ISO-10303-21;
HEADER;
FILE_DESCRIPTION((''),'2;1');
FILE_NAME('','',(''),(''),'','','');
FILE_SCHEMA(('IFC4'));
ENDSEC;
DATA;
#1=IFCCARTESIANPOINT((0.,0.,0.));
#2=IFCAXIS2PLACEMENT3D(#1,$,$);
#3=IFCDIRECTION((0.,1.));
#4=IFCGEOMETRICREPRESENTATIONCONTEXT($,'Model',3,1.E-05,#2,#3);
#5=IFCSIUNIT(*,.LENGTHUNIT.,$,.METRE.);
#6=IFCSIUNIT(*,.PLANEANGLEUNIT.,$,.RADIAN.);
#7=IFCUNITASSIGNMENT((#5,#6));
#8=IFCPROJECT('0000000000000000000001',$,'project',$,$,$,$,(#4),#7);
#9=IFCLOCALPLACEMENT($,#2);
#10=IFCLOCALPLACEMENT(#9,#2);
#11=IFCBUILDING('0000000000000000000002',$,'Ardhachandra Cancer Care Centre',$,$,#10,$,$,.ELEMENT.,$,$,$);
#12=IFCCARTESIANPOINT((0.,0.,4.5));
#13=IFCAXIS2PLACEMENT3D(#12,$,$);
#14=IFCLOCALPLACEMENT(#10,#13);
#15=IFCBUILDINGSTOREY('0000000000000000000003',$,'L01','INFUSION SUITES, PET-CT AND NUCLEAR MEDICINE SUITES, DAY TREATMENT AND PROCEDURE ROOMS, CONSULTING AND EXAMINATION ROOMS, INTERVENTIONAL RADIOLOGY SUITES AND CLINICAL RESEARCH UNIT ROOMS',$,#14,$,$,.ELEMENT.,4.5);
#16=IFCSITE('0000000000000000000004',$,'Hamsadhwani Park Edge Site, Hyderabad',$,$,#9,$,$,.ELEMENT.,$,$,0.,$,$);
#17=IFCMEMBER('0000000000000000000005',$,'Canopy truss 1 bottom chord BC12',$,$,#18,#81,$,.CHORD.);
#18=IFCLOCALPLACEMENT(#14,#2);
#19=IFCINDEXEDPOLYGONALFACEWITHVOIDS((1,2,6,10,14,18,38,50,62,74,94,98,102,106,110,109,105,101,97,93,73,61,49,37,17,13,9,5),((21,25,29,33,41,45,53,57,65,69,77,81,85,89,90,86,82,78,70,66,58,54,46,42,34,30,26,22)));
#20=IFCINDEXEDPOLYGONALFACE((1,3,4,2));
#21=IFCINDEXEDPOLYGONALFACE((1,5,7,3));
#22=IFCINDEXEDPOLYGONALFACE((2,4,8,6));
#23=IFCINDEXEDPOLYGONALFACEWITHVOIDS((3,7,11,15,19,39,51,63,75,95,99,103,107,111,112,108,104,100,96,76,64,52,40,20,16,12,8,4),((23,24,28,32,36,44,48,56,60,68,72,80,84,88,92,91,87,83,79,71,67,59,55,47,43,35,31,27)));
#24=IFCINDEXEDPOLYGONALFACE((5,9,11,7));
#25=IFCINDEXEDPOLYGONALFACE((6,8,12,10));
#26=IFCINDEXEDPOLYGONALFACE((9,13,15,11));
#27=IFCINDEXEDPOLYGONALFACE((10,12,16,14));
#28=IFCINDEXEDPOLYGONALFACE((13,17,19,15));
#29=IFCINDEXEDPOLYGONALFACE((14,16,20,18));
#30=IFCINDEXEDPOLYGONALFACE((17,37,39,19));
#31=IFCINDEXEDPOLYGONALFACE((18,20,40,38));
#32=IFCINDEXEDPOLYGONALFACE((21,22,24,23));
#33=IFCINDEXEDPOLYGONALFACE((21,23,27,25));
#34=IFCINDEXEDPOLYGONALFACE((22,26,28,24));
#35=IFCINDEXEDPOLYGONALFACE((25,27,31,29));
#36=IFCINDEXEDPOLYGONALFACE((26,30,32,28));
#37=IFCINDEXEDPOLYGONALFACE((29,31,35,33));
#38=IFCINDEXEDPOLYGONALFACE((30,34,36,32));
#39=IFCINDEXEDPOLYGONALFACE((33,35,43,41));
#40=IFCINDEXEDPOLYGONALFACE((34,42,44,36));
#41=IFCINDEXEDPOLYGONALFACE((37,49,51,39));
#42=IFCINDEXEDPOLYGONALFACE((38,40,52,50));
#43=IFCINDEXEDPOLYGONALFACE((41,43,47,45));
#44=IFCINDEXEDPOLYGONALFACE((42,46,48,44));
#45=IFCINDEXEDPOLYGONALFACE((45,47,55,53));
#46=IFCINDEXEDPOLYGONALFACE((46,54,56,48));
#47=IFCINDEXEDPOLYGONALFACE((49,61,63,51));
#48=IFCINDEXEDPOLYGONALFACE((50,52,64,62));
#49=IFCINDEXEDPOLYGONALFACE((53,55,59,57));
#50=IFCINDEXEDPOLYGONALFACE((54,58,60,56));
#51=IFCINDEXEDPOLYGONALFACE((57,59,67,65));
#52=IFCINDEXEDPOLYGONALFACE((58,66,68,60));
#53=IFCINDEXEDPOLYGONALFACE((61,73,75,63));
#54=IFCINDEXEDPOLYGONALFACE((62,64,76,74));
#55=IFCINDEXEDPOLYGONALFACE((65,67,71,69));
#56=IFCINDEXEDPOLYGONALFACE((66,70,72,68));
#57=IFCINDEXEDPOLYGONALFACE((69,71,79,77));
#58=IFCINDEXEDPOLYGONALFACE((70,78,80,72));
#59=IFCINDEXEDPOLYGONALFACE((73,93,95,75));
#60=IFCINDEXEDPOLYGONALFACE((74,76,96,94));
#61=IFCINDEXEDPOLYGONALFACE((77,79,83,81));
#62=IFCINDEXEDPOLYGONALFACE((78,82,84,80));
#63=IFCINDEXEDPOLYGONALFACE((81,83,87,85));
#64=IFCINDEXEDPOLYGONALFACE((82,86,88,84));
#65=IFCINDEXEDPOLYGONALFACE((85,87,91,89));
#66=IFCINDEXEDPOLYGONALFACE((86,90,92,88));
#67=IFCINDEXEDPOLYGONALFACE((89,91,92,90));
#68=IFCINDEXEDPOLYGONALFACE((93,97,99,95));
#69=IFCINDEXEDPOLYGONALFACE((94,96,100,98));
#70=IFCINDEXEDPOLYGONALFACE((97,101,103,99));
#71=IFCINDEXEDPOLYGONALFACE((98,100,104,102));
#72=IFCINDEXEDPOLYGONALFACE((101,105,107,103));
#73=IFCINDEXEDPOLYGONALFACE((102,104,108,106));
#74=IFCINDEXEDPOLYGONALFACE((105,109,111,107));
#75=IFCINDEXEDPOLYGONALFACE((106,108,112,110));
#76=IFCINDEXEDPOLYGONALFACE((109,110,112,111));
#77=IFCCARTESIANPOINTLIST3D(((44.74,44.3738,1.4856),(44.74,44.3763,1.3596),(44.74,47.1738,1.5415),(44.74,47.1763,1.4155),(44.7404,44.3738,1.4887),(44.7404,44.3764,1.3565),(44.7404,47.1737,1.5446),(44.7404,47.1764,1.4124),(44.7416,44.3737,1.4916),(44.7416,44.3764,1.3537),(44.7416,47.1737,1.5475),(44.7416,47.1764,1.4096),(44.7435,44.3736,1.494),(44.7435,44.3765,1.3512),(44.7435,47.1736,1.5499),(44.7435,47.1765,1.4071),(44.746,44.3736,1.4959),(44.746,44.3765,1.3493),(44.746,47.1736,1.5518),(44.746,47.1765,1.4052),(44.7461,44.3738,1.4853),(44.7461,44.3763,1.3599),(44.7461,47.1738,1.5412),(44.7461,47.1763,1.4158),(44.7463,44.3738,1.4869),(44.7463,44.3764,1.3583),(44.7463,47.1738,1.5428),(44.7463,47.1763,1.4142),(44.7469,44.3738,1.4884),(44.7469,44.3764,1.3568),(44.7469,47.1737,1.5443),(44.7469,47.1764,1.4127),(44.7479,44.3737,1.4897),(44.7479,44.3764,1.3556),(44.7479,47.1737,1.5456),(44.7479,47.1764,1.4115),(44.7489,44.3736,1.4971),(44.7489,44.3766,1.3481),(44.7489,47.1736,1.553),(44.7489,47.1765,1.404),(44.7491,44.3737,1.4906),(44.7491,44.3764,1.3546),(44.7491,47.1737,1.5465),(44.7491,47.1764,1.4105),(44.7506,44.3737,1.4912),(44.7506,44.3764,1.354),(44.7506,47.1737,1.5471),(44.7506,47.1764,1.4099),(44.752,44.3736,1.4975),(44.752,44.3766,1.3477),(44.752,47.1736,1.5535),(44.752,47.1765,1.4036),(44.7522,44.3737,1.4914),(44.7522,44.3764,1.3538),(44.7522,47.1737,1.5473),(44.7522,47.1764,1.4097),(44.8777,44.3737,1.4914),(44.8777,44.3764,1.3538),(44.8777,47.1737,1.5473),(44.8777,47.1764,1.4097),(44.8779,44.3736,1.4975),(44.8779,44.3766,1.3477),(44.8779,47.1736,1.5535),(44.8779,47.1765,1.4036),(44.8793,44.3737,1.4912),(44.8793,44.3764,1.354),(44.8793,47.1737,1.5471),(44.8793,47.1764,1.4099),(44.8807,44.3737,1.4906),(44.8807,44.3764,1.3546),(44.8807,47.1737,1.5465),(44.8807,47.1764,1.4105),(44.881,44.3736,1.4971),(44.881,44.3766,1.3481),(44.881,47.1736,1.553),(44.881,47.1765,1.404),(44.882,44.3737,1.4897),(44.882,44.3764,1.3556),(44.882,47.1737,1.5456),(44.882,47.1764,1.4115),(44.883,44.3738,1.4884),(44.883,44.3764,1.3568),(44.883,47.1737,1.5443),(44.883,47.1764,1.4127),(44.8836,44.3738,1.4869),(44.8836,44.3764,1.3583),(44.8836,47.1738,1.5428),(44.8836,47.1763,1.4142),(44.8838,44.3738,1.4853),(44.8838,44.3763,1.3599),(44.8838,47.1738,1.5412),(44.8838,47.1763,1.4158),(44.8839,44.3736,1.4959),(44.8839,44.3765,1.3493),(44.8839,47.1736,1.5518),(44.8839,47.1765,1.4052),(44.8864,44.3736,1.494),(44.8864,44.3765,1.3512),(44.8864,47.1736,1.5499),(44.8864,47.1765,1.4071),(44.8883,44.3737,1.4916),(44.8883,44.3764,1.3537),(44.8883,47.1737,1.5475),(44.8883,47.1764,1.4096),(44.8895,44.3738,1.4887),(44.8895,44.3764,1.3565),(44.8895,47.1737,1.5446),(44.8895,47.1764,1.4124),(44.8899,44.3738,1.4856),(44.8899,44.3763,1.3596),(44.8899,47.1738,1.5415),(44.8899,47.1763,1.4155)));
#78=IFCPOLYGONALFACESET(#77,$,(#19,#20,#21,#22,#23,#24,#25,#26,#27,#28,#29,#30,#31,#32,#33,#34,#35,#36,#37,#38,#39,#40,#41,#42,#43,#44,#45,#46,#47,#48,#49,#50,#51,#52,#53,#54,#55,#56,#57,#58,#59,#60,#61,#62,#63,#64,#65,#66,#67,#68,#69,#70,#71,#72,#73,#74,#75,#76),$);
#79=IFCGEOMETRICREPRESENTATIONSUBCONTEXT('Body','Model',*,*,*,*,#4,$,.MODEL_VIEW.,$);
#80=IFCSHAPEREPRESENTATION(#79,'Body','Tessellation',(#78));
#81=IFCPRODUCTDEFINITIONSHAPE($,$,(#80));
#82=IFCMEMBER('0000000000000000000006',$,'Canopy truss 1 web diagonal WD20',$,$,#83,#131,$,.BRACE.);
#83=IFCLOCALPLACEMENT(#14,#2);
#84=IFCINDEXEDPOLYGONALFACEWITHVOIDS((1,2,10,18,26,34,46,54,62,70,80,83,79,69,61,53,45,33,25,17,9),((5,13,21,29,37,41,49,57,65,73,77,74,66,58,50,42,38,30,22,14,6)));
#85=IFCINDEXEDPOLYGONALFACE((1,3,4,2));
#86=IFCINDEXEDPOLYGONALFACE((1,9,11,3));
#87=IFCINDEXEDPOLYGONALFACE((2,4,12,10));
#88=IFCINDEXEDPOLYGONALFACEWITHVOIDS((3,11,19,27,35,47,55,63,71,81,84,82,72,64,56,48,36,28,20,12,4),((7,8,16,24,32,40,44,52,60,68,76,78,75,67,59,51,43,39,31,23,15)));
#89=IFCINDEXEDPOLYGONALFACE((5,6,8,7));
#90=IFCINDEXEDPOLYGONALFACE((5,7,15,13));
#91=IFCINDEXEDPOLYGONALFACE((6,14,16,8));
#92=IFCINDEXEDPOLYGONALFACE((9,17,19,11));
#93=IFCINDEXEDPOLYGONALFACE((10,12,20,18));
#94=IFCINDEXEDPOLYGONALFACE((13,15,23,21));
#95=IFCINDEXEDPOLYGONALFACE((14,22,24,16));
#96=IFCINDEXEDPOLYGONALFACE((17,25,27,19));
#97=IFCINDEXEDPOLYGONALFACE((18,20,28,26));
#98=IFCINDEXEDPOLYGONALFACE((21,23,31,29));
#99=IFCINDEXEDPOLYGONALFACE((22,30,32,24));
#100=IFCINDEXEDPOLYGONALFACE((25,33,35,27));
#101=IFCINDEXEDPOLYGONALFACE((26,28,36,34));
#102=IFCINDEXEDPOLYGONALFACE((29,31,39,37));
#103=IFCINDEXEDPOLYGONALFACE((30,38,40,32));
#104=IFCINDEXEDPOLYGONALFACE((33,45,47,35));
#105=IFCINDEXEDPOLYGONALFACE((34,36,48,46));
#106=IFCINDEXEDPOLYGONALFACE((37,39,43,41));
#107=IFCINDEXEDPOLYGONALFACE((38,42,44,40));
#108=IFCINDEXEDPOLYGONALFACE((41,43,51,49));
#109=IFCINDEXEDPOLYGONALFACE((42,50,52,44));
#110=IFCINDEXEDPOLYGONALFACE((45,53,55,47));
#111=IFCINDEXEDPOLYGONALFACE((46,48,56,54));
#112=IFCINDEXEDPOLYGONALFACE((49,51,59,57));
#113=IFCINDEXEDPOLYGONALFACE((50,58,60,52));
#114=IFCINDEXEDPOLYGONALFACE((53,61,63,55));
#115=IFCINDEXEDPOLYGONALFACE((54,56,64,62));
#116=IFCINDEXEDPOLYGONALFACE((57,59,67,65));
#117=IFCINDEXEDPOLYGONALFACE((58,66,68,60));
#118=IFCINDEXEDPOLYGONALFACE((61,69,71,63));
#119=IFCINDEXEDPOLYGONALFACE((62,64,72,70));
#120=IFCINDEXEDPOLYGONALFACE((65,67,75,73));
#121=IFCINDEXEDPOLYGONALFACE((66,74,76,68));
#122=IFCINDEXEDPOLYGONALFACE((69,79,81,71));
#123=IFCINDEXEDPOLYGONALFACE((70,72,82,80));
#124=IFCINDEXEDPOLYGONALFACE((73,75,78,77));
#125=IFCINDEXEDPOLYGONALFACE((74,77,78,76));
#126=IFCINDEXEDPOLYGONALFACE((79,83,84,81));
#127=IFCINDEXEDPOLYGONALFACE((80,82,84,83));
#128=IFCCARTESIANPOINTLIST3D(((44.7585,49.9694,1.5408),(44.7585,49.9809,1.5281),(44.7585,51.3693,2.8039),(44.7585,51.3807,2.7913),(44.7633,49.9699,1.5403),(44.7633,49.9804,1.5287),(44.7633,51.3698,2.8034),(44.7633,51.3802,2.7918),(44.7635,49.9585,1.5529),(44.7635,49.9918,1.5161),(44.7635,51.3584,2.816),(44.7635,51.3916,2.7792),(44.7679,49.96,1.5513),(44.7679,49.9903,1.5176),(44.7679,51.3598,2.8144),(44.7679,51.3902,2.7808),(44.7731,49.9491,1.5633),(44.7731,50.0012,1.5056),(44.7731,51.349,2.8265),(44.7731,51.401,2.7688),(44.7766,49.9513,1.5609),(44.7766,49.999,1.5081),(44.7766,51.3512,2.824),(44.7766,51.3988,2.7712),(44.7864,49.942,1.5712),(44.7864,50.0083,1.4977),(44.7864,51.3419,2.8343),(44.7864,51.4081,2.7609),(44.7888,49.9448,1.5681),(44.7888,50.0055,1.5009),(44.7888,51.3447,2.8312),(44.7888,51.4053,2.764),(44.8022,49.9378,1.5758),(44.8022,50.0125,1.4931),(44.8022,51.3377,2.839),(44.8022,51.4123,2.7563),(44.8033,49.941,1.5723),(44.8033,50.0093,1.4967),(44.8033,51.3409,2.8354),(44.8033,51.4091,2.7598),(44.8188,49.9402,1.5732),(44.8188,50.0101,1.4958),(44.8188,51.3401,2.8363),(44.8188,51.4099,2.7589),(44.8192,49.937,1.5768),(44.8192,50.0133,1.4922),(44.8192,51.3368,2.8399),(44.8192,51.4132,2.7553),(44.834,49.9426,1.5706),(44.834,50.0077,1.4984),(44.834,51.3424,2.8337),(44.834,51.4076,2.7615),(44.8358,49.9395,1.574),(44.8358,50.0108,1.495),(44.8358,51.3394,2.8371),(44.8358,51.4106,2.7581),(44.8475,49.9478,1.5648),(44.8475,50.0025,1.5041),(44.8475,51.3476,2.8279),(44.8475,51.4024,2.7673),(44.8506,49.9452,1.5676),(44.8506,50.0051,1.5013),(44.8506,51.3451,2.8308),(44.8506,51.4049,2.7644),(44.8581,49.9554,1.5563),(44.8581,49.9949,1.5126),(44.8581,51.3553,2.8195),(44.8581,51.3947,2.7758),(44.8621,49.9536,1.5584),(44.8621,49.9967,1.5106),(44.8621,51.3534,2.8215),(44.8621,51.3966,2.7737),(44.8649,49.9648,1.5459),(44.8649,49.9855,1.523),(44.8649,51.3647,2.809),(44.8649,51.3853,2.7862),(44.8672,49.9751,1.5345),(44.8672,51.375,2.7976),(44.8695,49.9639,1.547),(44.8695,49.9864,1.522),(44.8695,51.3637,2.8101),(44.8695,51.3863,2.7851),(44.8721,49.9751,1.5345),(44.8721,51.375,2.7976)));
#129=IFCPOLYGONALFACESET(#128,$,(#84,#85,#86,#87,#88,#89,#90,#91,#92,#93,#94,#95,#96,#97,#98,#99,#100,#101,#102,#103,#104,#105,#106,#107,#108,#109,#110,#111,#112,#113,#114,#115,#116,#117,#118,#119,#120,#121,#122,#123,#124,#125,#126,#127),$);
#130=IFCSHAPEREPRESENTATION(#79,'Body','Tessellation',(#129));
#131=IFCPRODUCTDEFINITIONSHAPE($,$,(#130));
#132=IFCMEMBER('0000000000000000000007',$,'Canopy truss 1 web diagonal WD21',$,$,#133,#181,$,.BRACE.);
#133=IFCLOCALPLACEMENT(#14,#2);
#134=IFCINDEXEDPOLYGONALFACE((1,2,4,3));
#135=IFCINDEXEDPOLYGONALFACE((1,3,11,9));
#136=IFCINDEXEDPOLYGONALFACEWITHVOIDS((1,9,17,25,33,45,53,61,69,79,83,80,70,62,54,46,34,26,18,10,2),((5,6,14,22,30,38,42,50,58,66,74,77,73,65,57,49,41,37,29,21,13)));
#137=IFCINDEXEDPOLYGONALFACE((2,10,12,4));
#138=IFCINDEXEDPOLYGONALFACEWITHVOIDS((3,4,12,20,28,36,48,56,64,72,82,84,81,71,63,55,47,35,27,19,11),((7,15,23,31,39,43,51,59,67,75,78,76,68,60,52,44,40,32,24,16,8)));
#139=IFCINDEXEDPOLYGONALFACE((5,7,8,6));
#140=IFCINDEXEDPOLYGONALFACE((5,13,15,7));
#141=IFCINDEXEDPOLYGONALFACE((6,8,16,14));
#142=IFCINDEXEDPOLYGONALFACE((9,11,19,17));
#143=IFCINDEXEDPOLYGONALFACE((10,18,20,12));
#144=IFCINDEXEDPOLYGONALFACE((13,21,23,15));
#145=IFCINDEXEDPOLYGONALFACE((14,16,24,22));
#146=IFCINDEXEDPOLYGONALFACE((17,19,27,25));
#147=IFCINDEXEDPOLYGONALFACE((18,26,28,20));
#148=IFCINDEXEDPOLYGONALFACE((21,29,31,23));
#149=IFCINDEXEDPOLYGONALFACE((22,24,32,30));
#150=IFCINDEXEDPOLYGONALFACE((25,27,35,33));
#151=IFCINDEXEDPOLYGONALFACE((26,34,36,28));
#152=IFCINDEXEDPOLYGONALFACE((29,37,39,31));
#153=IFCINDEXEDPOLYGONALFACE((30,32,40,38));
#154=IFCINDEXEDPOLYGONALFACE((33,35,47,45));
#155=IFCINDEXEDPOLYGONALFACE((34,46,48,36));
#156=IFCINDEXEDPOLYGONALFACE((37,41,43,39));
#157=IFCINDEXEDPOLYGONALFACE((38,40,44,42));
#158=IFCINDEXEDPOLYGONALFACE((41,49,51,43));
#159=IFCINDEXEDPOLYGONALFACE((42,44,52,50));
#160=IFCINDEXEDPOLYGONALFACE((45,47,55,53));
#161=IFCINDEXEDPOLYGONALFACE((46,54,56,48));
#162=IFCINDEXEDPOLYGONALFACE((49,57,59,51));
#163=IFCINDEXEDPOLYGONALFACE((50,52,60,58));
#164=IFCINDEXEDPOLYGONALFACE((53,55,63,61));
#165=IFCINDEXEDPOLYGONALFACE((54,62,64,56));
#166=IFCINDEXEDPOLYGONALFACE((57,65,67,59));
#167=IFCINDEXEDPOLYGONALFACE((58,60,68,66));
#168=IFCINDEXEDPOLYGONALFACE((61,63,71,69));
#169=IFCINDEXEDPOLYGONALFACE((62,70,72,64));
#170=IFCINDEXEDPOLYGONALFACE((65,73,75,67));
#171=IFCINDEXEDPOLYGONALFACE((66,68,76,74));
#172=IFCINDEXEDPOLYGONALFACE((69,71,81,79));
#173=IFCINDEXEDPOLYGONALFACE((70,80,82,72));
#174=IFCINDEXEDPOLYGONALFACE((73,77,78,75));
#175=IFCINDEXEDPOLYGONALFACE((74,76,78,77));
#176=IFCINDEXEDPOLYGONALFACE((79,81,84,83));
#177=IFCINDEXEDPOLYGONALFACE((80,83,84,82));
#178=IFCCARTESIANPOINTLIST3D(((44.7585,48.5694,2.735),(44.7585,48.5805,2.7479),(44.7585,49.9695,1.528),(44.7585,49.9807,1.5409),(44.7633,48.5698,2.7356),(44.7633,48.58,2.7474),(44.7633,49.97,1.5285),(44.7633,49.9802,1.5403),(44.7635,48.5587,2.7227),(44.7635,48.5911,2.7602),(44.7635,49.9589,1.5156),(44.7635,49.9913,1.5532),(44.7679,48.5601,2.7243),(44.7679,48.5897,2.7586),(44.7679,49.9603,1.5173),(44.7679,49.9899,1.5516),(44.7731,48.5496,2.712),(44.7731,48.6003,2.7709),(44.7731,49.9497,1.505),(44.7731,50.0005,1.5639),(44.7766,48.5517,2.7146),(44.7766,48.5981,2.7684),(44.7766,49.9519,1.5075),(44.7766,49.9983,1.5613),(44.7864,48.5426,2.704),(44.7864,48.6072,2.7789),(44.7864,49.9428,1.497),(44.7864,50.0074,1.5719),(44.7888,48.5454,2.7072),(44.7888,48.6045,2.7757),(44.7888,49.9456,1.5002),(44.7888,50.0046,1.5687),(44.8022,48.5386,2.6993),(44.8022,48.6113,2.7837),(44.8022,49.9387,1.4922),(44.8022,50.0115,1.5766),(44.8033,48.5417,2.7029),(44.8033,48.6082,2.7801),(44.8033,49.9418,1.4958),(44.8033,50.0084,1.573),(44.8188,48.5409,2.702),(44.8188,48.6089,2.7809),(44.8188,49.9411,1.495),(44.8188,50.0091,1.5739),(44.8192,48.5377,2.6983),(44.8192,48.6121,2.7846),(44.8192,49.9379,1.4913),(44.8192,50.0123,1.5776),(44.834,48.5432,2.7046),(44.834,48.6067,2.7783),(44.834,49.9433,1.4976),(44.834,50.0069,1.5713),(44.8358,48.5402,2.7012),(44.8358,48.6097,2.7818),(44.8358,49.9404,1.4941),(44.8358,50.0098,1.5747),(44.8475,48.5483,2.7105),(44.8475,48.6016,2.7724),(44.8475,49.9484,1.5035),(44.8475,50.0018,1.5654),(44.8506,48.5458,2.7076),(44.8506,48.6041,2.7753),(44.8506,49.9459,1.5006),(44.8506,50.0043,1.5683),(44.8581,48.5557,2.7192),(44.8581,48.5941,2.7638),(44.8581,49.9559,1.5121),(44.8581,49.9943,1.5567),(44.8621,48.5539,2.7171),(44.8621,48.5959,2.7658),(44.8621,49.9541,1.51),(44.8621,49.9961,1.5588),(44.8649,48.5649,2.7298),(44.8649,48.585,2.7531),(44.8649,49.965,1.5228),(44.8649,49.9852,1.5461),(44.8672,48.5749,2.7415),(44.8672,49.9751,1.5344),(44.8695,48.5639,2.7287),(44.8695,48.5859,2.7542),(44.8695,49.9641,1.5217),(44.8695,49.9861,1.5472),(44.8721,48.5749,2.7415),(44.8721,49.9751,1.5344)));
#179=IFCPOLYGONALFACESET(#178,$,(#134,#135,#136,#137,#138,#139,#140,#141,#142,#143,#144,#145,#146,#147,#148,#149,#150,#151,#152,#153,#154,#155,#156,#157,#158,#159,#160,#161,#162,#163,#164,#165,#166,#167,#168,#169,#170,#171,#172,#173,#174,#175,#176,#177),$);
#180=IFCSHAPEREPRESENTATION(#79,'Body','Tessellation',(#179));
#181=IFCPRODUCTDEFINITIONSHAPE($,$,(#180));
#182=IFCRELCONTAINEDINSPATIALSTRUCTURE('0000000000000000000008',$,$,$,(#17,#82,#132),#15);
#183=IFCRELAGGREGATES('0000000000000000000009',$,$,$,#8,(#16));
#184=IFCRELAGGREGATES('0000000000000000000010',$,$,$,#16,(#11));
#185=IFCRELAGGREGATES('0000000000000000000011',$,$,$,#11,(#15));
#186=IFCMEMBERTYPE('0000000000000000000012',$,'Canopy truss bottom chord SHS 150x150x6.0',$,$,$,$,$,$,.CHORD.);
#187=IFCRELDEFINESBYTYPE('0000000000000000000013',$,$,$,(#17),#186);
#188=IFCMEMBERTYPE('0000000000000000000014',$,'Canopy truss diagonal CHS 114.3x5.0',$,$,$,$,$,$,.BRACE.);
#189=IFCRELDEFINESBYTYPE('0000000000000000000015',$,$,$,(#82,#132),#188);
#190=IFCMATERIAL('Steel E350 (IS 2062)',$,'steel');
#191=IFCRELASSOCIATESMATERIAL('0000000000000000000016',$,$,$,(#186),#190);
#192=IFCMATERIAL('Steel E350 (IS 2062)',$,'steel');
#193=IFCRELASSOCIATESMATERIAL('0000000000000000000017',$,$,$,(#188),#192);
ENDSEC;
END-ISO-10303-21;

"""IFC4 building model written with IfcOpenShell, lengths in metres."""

from ifc_helpers import new_model, si_unit, direction, frame, origin, origin_2d, place, context, subcontext, project, spatial, hollow_rectangle, hollow_circle, extrude, material, material_profile, profile_set, type_object, element, save


model = new_model("IFC4")

# Units and contexts
model_context = context("Model", 3, precision=1e-05, world=origin(), true_north=direction((0.0, 1.0)))
body_context = subcontext(model_context, "Body", "Model", "MODEL_VIEW")
ifc_project = project(units=[si_unit("LENGTHUNIT", "METRE"), si_unit("PLANEANGLEUNIT", "RADIAN")], contexts=[model_context])

# Site, building, storey
site_placement = place(None, origin())
site = spatial("IfcSite", under=ifc_project, at=site_placement, Name="Hamsadhwani Park Edge Site, Hyderabad", CompositionType="ELEMENT", RefElevation=0.0)
building_placement = place(site_placement, origin())
building = spatial("IfcBuilding", under=site, at=building_placement, Name="Ardhachandra Cancer Care Centre", CompositionType="ELEMENT")
storey_placement = place(building_placement, frame((0.0, 0.0, 4.5)))
storey = spatial("IfcBuildingStorey", under=building, at=storey_placement, Name="L01", Description="INFUSION SUITES, PET-CT AND NUCLEAR MEDICINE SUITES, DAY TREATMENT AND PROCEDURE ROOMS, CONSULTING AND EXAMINATION ROOMS, INTERVENTIONAL RADIOLOGY SUITES AND CLINICAL RESEARCH UNIT ROOMS", CompositionType="ELEMENT", Elevation=4.5)

# Members
ifc_material_1 = material(Name="Steel E350 (IS 2062)", Category="steel")
ifc_material_profile_1 = material_profile(ifc_material_1, hollow_rectangle(XDim=0.1499, YDim=0.1499, WallThickness=0.0061, InnerFilletRadius=0.0061, OuterFilletRadius=0.012, at=origin_2d()), Name="SHS 150x150x6.0")
ifc_profile_set_1 = profile_set([ifc_material_profile_1], Name="Steel E350 (IS 2062)")
member_type_1 = type_object("IfcMemberType", Name="Canopy truss bottom chord SHS 150x150x6.0", PredefinedType="CHORD", material=ifc_profile_set_1)
for number, where, z_axis, x_axis, name in (
    (1, (44.8149, 47.175, 1.4785), (0.0, -0.999801, -0.019963), (1.0, 0.0, 0.0), "Canopy truss 1 bottom chord BC12"),
):
    element("IfcMember", number, at=place(storey_placement, frame(where, z_axis=z_axis, x_axis=x_axis)), inside=storey, type_object=member_type_1, Name=name, PredefinedType="CHORD", context=body_context, shape_type="SweptSolid", body=[
        extrude(hollow_rectangle(XDim=0.1499, YDim=0.1499, WallThickness=0.0061, InnerFilletRadius=0.0061, OuterFilletRadius=0.012, at=origin_2d()), origin(), (0.0, 0.0, 1.0), 2.8005),
    ])
ifc_material_2 = material(Name="Steel E350 (IS 2062)", Category="steel")
ifc_material_profile_2 = material_profile(ifc_material_2, hollow_circle(Radius=0.0571, WallThickness=0.0049, at=origin_2d()), Name="CHS 114.3x5.0")
ifc_profile_set_2 = profile_set([ifc_material_profile_2], Name="Steel E350 (IS 2062)")
member_type_2 = type_object("IfcMemberType", Name="Canopy truss diagonal CHS 114.3x5.0", PredefinedType="BRACE", material=ifc_profile_set_2)
member_1_placement = place(storey_placement, frame((44.8149, 51.375, 2.7976), z_axis=(0.0, -0.742431, -0.669923), x_axis=(1.0, 0.0, 0.0)))
element("IfcMember", 2, at=member_1_placement, inside=storey, type_object=member_type_2, Name="Canopy truss 1 web diagonal WD20", PredefinedType="BRACE", context=body_context, shape_type="SweptSolid", body=[
    extrude(hollow_circle(Radius=0.0571, WallThickness=0.0049, at=origin_2d()), origin(), (0.0, 0.0, 1.0), 1.8855),
])
member_2_placement = place(storey_placement, frame((44.8149, 49.9751, 1.5344), z_axis=(0.0, -0.757408, 0.652942), x_axis=(1.0, 0.0, 0.0)))
element("IfcMember", 3, at=member_2_placement, inside=storey, type_object=member_type_2, Name="Canopy truss 1 web diagonal WD21", PredefinedType="BRACE", context=body_context, shape_type="SweptSolid", body=[
    extrude(hollow_circle(Radius=0.0571, WallThickness=0.0049, at=origin_2d()), origin(), (0.0, 0.0, 1.0), 1.8486),
])

save(model, "model.ifc")
